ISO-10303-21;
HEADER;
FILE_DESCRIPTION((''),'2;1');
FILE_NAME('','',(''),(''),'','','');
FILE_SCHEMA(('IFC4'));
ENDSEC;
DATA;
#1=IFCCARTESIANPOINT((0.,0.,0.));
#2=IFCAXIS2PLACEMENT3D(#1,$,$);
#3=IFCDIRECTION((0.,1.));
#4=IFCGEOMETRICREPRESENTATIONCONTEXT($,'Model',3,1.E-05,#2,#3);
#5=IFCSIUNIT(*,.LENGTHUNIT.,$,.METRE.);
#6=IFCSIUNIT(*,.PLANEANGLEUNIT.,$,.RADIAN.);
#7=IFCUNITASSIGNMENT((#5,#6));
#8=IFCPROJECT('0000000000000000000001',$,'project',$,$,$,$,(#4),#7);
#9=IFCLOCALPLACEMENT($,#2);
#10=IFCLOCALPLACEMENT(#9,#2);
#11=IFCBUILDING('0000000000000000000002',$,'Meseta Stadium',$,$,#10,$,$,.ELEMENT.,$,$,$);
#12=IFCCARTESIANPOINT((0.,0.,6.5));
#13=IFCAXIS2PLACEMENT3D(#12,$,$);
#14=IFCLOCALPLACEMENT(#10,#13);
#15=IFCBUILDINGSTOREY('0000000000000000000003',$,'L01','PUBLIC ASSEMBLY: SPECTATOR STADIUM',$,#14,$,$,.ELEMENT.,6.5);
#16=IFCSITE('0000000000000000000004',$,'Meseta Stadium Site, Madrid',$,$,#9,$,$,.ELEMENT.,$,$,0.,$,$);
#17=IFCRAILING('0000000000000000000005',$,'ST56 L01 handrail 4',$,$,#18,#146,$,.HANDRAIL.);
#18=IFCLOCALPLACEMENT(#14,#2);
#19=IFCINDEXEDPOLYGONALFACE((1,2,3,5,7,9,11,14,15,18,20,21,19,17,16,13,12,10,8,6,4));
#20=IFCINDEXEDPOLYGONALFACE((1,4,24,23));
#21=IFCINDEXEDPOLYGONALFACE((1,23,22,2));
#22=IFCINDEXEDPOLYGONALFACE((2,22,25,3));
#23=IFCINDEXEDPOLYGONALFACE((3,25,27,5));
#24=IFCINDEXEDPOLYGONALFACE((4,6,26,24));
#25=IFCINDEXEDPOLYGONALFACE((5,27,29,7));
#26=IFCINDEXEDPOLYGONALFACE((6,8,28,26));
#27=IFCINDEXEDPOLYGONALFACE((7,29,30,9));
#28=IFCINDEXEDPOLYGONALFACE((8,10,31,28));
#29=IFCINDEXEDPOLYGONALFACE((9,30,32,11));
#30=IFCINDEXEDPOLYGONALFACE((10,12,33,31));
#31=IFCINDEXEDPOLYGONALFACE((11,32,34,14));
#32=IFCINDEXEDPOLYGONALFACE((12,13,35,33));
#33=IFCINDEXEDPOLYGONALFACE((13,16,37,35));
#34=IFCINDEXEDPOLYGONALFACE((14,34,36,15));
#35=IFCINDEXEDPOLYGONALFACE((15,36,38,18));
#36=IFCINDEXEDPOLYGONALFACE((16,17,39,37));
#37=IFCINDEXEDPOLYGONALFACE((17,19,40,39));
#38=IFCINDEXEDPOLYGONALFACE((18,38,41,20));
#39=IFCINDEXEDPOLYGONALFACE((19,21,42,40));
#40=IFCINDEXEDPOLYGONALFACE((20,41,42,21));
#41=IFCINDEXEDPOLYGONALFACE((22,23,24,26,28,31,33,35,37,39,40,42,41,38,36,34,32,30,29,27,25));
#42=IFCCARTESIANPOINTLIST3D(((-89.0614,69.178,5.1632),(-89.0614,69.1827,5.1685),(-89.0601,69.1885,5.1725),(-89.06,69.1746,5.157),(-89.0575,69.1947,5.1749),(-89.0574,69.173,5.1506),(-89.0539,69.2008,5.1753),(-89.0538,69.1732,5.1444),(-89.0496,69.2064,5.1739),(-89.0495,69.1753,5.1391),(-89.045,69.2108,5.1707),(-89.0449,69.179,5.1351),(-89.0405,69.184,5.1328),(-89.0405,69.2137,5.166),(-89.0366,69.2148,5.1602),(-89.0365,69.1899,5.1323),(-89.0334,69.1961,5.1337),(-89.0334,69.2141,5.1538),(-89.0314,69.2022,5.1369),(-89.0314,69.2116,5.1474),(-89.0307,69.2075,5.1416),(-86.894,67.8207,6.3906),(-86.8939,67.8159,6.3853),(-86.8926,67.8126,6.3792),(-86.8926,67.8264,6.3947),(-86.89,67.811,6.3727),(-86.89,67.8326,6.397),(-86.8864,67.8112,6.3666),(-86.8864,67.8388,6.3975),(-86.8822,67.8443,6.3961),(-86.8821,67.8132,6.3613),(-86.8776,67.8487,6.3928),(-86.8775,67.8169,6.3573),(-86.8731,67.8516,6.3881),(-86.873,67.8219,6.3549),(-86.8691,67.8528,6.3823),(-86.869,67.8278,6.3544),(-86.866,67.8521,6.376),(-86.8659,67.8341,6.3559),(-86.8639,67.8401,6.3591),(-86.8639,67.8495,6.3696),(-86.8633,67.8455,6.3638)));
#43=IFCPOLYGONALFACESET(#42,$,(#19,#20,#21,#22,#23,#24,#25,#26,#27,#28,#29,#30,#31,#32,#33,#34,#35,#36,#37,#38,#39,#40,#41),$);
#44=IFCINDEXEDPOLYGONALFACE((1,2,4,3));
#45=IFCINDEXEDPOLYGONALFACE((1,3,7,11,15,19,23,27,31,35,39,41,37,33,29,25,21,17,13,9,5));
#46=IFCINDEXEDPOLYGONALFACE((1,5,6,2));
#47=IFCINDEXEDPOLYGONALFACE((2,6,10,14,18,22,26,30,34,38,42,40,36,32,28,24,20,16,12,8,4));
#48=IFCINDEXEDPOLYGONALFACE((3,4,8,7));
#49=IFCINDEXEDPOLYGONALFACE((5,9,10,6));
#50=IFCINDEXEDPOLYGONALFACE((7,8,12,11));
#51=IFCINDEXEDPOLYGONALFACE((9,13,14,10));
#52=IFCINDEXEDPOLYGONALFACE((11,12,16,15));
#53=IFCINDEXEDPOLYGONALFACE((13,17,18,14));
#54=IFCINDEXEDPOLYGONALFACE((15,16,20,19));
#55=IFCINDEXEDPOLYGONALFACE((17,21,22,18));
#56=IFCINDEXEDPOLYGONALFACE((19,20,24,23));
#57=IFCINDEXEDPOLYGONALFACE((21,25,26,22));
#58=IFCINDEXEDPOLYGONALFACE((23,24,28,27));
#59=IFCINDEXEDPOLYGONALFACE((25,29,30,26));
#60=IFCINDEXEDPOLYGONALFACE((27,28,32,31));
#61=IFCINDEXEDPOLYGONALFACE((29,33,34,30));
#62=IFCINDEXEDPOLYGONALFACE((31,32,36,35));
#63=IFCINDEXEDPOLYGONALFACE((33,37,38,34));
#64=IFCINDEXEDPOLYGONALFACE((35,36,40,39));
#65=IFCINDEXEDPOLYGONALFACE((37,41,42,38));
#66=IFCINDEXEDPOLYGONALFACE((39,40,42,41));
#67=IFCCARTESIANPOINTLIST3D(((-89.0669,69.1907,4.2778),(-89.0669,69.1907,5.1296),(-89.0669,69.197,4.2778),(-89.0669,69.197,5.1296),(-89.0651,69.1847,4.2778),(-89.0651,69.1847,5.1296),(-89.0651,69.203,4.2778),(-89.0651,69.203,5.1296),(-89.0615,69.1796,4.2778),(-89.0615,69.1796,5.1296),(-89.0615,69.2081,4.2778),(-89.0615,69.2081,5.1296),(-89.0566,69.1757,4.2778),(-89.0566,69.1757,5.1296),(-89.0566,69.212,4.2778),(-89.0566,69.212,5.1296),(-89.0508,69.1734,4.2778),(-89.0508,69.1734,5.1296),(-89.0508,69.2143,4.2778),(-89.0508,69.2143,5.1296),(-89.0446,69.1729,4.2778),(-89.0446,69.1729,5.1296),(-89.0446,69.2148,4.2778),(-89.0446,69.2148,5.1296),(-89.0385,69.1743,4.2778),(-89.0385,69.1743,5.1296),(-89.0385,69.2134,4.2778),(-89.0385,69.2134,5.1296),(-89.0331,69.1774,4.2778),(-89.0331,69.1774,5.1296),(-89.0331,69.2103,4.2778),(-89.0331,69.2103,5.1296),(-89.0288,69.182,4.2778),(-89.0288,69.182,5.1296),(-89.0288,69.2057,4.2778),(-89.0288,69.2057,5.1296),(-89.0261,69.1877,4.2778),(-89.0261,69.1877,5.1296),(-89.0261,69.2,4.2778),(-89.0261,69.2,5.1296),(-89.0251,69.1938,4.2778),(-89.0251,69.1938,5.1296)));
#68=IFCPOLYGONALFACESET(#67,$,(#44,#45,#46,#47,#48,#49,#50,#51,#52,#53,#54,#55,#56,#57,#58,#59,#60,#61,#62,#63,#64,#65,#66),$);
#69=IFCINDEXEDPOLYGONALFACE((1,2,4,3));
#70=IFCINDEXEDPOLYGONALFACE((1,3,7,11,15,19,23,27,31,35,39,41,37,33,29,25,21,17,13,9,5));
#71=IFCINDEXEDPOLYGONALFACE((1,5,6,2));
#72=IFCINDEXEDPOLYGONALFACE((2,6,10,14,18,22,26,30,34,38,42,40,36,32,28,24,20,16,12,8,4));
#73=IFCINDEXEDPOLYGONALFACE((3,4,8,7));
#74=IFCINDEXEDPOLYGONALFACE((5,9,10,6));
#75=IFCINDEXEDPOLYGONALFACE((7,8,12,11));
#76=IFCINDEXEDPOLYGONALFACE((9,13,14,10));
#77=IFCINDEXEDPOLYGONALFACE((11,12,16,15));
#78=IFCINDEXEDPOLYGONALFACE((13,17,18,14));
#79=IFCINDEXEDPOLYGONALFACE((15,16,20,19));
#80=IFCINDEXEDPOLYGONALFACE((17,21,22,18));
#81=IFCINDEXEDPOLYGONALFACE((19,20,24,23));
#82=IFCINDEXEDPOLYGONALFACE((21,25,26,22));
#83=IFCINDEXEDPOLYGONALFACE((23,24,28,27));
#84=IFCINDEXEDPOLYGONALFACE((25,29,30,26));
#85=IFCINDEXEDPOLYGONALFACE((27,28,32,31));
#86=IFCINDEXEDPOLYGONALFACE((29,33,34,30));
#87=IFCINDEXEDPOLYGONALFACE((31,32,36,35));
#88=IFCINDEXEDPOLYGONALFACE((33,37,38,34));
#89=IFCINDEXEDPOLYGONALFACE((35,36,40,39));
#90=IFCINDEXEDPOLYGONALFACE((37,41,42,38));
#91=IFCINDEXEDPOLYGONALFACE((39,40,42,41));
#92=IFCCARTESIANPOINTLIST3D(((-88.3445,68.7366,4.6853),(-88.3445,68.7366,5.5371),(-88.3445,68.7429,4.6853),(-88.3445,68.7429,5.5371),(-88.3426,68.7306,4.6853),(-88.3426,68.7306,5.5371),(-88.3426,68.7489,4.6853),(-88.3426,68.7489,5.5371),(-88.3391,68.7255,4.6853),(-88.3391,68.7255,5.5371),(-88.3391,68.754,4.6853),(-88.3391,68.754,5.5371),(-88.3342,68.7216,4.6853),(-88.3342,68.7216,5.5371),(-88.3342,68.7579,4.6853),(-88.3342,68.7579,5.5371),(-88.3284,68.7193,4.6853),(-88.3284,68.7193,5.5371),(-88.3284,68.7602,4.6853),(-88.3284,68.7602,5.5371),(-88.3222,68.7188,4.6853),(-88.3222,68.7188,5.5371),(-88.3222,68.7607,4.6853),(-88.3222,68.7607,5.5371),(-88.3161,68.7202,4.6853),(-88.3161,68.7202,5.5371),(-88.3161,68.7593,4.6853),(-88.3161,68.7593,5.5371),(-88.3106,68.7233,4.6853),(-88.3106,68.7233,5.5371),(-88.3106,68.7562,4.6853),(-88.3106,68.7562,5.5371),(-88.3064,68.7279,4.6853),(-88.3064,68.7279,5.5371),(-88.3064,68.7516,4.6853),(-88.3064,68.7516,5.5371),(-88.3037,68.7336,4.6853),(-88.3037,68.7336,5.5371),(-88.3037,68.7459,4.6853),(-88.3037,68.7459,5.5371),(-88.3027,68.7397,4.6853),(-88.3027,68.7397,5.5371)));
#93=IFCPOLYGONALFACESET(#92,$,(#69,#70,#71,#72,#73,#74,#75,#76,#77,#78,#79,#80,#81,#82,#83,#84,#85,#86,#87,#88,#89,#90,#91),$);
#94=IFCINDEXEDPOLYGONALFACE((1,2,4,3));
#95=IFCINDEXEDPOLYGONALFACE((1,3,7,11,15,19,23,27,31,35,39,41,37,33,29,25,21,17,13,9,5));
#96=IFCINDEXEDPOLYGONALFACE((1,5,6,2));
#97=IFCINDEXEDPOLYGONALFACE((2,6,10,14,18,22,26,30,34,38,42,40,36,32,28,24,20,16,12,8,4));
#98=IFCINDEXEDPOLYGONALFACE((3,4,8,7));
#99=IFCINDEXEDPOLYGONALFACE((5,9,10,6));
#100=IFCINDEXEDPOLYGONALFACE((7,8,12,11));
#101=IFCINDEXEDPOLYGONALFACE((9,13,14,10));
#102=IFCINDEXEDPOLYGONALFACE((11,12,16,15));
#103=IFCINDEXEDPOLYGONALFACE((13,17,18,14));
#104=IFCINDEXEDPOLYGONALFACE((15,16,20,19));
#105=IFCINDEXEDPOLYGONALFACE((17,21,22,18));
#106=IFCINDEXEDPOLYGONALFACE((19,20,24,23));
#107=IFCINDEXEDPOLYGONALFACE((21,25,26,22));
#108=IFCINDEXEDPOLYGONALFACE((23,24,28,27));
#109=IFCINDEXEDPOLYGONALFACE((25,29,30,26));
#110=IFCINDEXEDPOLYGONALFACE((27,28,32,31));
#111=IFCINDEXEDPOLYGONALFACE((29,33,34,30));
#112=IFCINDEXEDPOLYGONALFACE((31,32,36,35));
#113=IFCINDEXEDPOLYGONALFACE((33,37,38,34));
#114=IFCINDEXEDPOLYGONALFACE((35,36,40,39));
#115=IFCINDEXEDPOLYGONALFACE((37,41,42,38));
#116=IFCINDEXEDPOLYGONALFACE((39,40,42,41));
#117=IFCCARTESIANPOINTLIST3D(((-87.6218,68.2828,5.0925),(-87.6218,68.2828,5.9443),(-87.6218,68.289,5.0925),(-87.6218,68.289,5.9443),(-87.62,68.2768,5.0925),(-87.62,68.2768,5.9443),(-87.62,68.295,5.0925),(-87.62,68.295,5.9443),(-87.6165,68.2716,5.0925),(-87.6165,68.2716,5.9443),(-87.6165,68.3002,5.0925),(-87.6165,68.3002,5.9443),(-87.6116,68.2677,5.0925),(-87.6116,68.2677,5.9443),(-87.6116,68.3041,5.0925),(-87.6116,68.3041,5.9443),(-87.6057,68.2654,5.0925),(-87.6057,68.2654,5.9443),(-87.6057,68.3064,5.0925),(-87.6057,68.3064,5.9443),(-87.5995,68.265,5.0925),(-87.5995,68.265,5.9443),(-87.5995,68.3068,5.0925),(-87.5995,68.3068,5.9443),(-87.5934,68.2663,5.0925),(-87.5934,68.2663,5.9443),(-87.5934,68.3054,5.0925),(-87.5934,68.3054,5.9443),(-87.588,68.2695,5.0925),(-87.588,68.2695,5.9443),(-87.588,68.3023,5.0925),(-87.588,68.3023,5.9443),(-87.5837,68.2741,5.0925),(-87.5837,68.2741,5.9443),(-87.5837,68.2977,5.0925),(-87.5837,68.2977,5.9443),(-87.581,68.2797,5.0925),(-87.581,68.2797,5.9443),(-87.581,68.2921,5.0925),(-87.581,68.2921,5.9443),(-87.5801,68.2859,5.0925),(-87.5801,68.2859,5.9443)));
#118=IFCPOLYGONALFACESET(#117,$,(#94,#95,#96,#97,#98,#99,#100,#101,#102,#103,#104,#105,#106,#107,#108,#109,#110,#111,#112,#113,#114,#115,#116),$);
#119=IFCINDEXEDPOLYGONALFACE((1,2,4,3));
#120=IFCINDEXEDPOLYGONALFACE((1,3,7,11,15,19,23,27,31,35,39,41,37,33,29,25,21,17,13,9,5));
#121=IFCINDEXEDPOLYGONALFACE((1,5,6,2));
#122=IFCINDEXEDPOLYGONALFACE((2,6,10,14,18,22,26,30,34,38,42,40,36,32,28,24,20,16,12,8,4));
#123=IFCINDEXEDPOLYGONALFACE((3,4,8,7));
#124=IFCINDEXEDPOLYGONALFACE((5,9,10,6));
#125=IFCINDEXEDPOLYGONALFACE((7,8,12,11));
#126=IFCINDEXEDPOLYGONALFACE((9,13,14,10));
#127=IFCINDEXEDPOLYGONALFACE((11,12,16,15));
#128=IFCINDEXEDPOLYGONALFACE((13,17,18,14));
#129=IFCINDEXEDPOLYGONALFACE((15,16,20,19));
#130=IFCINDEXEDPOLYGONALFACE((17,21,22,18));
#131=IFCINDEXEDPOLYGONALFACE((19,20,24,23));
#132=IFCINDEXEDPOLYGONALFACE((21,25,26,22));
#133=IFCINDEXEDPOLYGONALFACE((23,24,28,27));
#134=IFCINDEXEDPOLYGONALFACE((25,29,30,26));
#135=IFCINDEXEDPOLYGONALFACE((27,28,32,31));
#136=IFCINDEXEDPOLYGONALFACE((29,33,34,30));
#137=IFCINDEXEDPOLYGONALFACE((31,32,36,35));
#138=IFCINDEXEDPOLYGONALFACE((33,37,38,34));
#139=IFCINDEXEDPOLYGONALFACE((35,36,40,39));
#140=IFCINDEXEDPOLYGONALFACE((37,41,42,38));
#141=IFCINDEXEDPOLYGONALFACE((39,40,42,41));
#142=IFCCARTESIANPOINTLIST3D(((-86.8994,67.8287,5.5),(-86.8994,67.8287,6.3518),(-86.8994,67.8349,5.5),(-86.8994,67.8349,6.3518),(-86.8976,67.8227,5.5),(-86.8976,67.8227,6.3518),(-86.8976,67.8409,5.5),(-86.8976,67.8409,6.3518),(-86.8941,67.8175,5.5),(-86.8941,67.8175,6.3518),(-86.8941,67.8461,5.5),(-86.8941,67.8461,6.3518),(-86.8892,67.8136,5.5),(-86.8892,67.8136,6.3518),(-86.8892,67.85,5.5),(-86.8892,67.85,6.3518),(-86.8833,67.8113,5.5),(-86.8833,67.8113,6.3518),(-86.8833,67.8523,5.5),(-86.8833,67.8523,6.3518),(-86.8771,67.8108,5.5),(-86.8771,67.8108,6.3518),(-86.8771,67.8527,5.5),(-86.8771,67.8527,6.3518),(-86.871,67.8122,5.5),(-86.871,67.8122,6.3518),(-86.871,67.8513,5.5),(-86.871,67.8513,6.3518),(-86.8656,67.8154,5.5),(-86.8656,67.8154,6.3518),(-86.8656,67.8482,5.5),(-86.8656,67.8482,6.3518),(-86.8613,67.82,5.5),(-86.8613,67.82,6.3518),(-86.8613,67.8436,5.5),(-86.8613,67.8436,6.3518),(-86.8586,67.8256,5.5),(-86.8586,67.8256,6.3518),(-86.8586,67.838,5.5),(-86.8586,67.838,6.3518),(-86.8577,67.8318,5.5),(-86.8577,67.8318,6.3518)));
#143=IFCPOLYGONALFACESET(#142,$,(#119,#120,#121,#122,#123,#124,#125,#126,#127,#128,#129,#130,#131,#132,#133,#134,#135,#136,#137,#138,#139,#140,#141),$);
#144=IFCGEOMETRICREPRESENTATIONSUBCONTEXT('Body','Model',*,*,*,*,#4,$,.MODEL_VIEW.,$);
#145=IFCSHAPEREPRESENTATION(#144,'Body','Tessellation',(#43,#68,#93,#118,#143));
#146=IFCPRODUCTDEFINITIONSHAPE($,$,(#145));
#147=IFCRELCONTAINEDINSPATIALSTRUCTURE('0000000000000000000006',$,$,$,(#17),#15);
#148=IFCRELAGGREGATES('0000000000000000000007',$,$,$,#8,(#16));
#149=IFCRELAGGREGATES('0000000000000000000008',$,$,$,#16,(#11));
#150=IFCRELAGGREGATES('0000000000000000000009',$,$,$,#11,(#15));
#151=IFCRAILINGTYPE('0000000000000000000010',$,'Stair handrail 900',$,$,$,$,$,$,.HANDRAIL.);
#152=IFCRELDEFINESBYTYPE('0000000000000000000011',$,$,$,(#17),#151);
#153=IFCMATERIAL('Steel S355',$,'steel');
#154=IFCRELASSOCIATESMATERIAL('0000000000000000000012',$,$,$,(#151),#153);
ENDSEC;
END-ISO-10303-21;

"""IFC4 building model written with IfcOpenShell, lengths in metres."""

from ifc_helpers import new_model, si_unit, direction, frame, origin, origin_2d, place, context, subcontext, project, spatial, circle, extrude, material, type_object, element, save


model = new_model("IFC4")

# Units and contexts
model_context = context("Model", 3, precision=1e-05, world=origin(), true_north=direction((0.0, 1.0)))
body_context = subcontext(model_context, "Body", "Model", "MODEL_VIEW")
ifc_project = project(units=[si_unit("LENGTHUNIT", "METRE"), si_unit("PLANEANGLEUNIT", "RADIAN")], contexts=[model_context])

# Site, building, storey
site_placement = place(None, origin())
site = spatial("IfcSite", under=ifc_project, at=site_placement, Name="Meseta Stadium Site, Madrid", CompositionType="ELEMENT", RefElevation=0.0)
building_placement = place(site_placement, origin())
building = spatial("IfcBuilding", under=site, at=building_placement, Name="Meseta Stadium", CompositionType="ELEMENT")
storey_placement = place(building_placement, frame((0.0, 0.0, 6.5)))
storey = spatial("IfcBuildingStorey", under=building, at=storey_placement, Name="L01", Description="PUBLIC ASSEMBLY: SPECTATOR STADIUM", CompositionType="ELEMENT", Elevation=6.5)

# Railing
ifc_material_1 = material(Name="Steel S355", Category="steel")
railing_type_1 = type_object("IfcRailingType", Name="Stair handrail 900", PredefinedType="HANDRAIL", material=ifc_material_1)
for number, where, name in (
    (1, (-89.0461, 69.1938, 4.2778), "ST56 L01 handrail 4"),
):
    element("IfcRailing", number, at=place(storey_placement, frame(where)), inside=storey, type_object=railing_type_1, Name=name, PredefinedType="HANDRAIL", context=body_context, shape_type="SweptSolid", body=[
        extrude(circle(Radius=0.0239, at=origin_2d()), frame((0.0, 0.0, 0.876), z_axis=(0.764085, -0.480156, 0.430841), x_axis=(0.532072, 0.846699, 0.0)), (0.0, 0.0, 1.0), 2.8367),
        extrude(circle(Radius=0.021, at=origin_2d()), origin(), (0.0, 0.0, 1.0), 0.8518),
        extrude(circle(Radius=0.021, at=origin_2d()), frame((0.7224, -0.4541, 0.4075)), (0.0, 0.0, 1.0), 0.8518),
        extrude(circle(Radius=0.021, at=origin_2d()), frame((1.4451, -0.908, 0.8147)), (0.0, 0.0, 1.0), 0.8518),
        extrude(circle(Radius=0.021, at=origin_2d()), frame((2.1675, -1.3621, 1.2222)), (0.0, 0.0, 1.0), 0.8518),
    ])

save(model, "model.ifc")
